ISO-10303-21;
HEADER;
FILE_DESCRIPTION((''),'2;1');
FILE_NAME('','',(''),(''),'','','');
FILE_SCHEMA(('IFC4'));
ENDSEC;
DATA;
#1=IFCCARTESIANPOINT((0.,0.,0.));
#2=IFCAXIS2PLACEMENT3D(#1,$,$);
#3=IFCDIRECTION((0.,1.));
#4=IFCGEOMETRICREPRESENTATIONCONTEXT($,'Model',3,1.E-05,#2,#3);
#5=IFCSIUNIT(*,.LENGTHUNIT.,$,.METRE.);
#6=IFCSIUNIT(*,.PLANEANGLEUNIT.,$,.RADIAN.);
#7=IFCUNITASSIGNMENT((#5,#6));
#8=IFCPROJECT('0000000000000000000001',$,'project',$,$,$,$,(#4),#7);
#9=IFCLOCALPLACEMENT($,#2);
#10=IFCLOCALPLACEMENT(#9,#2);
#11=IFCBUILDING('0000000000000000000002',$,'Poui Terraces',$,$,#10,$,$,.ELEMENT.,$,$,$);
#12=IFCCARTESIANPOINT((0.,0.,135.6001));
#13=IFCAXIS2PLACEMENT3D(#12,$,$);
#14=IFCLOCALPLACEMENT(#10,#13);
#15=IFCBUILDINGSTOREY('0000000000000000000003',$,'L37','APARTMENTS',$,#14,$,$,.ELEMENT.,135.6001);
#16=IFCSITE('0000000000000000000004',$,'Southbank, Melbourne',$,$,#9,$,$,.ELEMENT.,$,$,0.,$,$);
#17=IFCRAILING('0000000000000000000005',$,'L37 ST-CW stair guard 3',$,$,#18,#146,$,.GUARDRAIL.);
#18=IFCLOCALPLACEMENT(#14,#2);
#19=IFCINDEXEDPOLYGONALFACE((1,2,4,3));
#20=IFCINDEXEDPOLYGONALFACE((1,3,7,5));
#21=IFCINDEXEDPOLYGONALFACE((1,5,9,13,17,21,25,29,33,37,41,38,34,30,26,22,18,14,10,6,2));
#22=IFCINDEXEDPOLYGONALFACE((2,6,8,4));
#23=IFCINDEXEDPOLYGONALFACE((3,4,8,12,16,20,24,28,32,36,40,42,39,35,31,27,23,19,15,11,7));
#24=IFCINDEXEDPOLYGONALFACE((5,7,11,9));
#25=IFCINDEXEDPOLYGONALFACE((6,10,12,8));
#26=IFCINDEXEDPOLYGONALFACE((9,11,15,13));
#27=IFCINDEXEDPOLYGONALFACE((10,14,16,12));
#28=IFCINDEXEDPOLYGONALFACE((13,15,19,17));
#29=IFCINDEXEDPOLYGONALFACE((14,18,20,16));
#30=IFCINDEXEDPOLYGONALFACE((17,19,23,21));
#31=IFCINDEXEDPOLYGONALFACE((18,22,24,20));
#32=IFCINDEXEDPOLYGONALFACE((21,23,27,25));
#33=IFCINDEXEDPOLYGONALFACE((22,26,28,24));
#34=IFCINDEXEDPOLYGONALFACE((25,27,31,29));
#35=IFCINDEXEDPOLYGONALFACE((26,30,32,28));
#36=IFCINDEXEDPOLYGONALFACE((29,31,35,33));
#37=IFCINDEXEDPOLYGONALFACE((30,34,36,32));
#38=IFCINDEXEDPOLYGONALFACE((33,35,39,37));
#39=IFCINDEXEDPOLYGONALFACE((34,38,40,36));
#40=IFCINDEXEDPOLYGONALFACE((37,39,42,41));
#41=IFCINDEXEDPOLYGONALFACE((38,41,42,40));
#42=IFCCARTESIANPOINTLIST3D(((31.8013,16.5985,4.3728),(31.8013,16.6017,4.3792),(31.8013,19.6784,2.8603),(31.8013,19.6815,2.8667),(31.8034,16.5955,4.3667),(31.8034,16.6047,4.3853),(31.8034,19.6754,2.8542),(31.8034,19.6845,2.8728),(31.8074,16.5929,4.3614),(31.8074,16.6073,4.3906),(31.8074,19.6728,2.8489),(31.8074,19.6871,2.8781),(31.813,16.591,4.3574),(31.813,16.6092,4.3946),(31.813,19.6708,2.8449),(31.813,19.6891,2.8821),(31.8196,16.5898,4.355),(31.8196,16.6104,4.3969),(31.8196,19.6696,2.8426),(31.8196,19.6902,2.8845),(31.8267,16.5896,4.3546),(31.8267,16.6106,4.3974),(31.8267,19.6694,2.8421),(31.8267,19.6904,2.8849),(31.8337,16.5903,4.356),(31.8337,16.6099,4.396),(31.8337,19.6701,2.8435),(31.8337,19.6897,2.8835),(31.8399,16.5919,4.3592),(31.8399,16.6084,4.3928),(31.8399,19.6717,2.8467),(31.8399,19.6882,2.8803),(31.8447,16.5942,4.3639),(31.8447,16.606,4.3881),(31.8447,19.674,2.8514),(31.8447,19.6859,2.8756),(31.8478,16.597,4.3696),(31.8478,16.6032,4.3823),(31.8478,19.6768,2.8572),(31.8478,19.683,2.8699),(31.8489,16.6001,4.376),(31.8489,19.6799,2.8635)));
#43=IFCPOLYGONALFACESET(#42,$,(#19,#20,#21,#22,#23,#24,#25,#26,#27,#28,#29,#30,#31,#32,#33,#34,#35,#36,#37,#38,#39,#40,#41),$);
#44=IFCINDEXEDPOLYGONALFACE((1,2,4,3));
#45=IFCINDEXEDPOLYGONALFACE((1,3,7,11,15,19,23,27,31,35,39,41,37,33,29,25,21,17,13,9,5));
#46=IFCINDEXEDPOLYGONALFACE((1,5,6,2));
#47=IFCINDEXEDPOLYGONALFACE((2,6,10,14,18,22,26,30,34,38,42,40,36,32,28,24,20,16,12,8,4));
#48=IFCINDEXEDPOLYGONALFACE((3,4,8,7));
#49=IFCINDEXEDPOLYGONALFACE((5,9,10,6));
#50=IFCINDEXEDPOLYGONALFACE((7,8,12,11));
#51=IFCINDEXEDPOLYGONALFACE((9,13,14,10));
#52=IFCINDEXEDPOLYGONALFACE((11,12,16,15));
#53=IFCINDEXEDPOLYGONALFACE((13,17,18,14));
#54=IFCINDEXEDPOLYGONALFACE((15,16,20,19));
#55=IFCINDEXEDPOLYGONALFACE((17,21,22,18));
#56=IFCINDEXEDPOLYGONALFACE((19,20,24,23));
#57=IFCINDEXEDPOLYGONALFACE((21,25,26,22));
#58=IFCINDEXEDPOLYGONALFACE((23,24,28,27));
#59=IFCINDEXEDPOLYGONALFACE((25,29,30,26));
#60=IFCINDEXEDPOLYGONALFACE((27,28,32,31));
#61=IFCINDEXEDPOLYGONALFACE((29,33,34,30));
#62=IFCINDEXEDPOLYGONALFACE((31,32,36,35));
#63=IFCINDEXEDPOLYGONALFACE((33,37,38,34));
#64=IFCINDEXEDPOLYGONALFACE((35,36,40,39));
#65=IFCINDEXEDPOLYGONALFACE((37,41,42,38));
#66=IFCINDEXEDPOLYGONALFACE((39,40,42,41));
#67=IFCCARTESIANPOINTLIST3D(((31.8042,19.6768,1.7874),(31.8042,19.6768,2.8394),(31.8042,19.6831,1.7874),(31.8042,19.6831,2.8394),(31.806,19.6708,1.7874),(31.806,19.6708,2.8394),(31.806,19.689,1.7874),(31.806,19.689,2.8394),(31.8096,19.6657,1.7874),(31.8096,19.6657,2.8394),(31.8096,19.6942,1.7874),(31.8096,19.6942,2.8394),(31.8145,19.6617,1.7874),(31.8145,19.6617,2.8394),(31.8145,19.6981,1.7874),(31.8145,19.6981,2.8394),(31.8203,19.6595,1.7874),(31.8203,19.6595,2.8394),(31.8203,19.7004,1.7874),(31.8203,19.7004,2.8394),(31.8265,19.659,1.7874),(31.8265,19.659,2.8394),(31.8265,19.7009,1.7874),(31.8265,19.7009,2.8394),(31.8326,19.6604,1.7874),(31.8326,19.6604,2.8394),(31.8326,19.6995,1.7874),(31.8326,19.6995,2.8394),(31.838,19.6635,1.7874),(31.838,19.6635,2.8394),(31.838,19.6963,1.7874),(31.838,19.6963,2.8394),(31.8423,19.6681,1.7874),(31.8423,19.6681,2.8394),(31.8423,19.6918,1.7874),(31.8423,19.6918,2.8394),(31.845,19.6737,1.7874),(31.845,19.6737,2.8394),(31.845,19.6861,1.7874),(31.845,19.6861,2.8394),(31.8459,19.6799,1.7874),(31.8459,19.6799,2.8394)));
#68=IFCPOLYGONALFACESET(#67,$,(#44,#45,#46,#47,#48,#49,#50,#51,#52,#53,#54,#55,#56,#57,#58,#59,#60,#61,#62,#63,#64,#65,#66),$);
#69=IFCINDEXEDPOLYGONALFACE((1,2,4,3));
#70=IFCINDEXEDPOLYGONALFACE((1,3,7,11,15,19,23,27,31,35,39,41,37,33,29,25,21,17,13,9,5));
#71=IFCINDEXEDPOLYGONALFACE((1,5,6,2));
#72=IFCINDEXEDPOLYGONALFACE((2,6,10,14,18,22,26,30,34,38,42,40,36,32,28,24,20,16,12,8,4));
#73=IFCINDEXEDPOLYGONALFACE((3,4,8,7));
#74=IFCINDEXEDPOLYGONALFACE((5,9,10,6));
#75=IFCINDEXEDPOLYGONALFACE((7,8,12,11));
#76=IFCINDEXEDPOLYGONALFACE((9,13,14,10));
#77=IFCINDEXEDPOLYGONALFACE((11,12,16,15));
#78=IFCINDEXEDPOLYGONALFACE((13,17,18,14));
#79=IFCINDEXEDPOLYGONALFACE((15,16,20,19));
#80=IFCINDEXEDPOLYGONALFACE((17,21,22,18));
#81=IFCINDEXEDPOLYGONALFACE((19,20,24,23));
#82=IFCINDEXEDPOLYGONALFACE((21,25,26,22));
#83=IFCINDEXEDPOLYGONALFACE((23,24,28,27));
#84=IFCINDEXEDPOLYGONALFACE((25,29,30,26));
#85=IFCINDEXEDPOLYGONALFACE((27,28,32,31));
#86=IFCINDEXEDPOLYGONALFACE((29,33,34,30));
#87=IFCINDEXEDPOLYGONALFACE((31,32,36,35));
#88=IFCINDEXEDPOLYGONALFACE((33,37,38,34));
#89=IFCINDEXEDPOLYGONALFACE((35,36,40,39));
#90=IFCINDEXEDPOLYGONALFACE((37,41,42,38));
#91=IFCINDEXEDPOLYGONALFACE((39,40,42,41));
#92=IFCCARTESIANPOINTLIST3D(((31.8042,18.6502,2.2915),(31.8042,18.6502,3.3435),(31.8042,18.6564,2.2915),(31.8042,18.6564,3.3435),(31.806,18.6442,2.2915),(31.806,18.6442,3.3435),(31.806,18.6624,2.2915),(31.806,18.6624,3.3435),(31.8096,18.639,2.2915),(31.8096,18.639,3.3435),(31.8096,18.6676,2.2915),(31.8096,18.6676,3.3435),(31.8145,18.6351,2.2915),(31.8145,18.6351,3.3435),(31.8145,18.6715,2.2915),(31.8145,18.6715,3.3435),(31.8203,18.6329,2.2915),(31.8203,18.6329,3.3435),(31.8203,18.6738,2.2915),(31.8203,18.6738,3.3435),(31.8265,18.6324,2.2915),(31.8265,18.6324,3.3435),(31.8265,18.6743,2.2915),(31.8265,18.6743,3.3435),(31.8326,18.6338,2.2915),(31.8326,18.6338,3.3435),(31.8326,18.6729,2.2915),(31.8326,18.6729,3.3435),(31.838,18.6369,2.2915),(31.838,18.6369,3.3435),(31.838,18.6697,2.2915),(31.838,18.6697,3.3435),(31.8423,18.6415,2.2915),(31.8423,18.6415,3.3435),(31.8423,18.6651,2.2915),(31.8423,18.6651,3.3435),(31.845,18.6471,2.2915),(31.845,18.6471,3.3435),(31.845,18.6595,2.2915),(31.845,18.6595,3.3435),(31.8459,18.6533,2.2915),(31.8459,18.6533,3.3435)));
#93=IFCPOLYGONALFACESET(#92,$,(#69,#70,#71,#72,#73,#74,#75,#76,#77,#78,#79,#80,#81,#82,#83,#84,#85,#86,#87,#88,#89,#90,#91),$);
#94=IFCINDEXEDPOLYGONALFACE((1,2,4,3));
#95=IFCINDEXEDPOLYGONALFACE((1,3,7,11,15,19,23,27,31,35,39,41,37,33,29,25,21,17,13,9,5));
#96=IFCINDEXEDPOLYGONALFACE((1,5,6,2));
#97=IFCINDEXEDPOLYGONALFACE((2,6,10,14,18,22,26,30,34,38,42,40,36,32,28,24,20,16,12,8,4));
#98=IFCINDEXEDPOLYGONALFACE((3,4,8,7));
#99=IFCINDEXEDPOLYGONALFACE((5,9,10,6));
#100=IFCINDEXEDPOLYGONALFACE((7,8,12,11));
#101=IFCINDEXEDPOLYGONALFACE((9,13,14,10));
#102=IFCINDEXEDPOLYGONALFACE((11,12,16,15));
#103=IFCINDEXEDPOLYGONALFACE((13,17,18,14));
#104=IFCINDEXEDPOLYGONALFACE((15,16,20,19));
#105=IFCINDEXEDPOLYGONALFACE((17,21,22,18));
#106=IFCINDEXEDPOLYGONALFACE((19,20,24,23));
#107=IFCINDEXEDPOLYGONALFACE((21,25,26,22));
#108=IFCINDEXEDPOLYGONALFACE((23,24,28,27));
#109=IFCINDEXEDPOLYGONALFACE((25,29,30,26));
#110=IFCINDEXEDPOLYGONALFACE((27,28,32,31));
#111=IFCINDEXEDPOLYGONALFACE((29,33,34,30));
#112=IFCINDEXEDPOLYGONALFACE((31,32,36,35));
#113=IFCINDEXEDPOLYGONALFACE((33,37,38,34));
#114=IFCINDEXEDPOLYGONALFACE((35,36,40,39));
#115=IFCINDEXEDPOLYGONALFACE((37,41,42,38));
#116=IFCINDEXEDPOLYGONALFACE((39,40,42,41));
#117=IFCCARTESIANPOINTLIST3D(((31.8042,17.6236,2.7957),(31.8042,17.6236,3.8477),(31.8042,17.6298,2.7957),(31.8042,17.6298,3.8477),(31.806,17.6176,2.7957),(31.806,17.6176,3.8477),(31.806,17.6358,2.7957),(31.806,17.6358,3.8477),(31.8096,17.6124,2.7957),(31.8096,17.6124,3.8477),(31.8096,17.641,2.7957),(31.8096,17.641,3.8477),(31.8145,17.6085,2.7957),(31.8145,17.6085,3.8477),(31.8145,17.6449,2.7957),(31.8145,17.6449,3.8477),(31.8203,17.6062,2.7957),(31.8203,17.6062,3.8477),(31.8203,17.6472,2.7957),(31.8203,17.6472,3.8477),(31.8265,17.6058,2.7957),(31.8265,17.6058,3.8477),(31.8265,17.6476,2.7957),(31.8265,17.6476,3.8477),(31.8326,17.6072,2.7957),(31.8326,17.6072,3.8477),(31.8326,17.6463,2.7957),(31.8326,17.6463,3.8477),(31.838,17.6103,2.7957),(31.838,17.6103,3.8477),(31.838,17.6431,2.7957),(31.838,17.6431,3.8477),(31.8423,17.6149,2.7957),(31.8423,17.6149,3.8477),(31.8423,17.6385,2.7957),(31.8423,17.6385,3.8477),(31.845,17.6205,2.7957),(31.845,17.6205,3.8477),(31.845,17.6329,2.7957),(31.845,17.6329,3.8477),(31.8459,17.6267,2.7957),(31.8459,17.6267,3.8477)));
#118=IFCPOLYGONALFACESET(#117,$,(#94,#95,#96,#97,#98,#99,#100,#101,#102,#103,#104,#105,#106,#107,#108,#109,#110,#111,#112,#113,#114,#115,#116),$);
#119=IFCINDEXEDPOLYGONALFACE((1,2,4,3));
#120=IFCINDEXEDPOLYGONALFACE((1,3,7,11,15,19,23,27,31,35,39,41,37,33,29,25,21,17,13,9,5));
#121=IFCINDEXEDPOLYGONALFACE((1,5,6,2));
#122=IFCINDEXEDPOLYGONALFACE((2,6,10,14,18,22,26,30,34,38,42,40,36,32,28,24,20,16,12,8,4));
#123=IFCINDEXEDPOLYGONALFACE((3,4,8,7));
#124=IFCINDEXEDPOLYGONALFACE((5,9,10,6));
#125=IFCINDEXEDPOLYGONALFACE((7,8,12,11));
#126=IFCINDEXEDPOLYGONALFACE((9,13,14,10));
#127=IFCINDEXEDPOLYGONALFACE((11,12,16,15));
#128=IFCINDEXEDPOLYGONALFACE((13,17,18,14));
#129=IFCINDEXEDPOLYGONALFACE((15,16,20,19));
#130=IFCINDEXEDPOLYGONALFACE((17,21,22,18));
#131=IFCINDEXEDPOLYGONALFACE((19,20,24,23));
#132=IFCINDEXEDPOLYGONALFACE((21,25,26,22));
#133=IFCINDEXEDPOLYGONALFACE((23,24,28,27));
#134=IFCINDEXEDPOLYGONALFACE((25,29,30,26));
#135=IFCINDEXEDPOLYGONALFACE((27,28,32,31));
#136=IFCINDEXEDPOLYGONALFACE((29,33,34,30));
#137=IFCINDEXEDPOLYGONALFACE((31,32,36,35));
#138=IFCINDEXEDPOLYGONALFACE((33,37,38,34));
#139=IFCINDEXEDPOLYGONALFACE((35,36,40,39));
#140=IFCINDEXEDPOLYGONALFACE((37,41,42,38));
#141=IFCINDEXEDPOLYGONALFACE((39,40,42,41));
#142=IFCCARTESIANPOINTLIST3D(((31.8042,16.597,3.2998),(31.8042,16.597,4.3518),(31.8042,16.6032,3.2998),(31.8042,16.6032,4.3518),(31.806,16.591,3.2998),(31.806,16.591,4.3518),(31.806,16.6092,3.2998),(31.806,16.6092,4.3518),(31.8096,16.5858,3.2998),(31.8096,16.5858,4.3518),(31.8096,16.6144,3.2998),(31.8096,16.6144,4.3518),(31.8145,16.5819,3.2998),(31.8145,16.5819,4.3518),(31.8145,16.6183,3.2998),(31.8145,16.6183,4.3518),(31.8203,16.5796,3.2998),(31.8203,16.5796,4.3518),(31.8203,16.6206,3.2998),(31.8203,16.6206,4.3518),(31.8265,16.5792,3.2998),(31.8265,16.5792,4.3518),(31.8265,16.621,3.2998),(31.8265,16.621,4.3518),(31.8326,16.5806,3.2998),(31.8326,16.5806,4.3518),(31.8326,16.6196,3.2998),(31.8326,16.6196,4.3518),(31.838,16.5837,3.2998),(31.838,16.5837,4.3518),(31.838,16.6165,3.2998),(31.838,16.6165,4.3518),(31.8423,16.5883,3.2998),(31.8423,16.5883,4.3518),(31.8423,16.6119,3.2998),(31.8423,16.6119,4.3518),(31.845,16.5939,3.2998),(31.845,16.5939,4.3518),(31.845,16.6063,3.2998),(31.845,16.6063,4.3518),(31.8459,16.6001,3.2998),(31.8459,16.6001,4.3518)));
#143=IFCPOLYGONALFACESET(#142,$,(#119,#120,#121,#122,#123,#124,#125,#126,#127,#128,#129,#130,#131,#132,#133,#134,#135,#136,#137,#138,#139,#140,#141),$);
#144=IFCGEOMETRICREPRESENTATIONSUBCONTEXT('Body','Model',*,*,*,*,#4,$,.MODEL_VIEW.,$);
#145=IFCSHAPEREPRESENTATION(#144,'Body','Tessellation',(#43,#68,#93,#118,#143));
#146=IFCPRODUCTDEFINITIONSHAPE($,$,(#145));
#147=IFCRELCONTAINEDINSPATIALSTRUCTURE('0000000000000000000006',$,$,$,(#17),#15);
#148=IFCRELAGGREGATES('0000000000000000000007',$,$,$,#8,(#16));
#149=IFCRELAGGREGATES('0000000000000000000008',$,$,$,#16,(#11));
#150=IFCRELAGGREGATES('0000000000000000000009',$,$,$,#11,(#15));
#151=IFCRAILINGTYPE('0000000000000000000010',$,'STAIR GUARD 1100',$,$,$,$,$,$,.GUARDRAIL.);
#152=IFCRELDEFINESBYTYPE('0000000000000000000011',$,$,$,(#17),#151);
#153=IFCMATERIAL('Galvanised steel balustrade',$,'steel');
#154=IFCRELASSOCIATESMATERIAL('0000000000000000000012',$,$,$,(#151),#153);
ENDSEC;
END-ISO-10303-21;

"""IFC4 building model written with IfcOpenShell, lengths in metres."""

from ifc_helpers import new_model, si_unit, direction, frame, origin, origin_2d, place, context, subcontext, project, spatial, circle, extrude, material, type_object, element, save


model = new_model("IFC4")

# Units and contexts
model_context = context("Model", 3, precision=1e-05, world=origin(), true_north=direction((0.0, 1.0)))
body_context = subcontext(model_context, "Body", "Model", "MODEL_VIEW")
ifc_project = project(units=[si_unit("LENGTHUNIT", "METRE"), si_unit("PLANEANGLEUNIT", "RADIAN")], contexts=[model_context])

# Site, building, storey
site_placement = place(None, origin())
site = spatial("IfcSite", under=ifc_project, at=site_placement, Name="Southbank, Melbourne", CompositionType="ELEMENT", RefElevation=0.0)
building_placement = place(site_placement, origin())
building = spatial("IfcBuilding", under=site, at=building_placement, Name="Poui Terraces", CompositionType="ELEMENT")
storey_placement = place(building_placement, frame((0.0, 0.0, 135.6001)))
storey = spatial("IfcBuildingStorey", under=building, at=storey_placement, Name="L37", Description="APARTMENTS", CompositionType="ELEMENT", Elevation=135.6001)

# Railing
ifc_material_1 = material(Name="Galvanised steel balustrade", Category="steel")
railing_type_1 = type_object("IfcRailingType", Name="STAIR GUARD 1100", PredefinedType="GUARDRAIL", material=ifc_material_1)
railing_1_placement = place(storey_placement, frame((31.825, 19.6799, 1.7874)))
element("IfcRailing", 1, at=railing_1_placement, inside=storey, type_object=railing_type_1, Name="L37 ST-CW stair guard 3", PredefinedType="GUARDRAIL", context=body_context, shape_type="SweptSolid", body=[
    extrude(circle(Radius=0.0239, at=origin_2d()), frame((0.0, 0.0, 1.0762), z_axis=(0.0, -0.897606, 0.440798), x_axis=(1.0, 0.0, 0.0)), (0.0, 0.0, 1.0), 3.4312),
    extrude(circle(Radius=0.021, at=origin_2d()), origin(), (0.0, 0.0, 1.0), 1.052),
    extrude(circle(Radius=0.021, at=origin_2d()), frame((0.0, -1.0266, 0.5042)), (0.0, 0.0, 1.0), 1.052),
    extrude(circle(Radius=0.021, at=origin_2d()), frame((0.0, -2.0532, 1.0083)), (0.0, 0.0, 1.0), 1.052),
    extrude(circle(Radius=0.021, at=origin_2d()), frame((0.0, -3.0798, 1.5125)), (0.0, 0.0, 1.0), 1.052),
])

save(model, "model.ifc")
